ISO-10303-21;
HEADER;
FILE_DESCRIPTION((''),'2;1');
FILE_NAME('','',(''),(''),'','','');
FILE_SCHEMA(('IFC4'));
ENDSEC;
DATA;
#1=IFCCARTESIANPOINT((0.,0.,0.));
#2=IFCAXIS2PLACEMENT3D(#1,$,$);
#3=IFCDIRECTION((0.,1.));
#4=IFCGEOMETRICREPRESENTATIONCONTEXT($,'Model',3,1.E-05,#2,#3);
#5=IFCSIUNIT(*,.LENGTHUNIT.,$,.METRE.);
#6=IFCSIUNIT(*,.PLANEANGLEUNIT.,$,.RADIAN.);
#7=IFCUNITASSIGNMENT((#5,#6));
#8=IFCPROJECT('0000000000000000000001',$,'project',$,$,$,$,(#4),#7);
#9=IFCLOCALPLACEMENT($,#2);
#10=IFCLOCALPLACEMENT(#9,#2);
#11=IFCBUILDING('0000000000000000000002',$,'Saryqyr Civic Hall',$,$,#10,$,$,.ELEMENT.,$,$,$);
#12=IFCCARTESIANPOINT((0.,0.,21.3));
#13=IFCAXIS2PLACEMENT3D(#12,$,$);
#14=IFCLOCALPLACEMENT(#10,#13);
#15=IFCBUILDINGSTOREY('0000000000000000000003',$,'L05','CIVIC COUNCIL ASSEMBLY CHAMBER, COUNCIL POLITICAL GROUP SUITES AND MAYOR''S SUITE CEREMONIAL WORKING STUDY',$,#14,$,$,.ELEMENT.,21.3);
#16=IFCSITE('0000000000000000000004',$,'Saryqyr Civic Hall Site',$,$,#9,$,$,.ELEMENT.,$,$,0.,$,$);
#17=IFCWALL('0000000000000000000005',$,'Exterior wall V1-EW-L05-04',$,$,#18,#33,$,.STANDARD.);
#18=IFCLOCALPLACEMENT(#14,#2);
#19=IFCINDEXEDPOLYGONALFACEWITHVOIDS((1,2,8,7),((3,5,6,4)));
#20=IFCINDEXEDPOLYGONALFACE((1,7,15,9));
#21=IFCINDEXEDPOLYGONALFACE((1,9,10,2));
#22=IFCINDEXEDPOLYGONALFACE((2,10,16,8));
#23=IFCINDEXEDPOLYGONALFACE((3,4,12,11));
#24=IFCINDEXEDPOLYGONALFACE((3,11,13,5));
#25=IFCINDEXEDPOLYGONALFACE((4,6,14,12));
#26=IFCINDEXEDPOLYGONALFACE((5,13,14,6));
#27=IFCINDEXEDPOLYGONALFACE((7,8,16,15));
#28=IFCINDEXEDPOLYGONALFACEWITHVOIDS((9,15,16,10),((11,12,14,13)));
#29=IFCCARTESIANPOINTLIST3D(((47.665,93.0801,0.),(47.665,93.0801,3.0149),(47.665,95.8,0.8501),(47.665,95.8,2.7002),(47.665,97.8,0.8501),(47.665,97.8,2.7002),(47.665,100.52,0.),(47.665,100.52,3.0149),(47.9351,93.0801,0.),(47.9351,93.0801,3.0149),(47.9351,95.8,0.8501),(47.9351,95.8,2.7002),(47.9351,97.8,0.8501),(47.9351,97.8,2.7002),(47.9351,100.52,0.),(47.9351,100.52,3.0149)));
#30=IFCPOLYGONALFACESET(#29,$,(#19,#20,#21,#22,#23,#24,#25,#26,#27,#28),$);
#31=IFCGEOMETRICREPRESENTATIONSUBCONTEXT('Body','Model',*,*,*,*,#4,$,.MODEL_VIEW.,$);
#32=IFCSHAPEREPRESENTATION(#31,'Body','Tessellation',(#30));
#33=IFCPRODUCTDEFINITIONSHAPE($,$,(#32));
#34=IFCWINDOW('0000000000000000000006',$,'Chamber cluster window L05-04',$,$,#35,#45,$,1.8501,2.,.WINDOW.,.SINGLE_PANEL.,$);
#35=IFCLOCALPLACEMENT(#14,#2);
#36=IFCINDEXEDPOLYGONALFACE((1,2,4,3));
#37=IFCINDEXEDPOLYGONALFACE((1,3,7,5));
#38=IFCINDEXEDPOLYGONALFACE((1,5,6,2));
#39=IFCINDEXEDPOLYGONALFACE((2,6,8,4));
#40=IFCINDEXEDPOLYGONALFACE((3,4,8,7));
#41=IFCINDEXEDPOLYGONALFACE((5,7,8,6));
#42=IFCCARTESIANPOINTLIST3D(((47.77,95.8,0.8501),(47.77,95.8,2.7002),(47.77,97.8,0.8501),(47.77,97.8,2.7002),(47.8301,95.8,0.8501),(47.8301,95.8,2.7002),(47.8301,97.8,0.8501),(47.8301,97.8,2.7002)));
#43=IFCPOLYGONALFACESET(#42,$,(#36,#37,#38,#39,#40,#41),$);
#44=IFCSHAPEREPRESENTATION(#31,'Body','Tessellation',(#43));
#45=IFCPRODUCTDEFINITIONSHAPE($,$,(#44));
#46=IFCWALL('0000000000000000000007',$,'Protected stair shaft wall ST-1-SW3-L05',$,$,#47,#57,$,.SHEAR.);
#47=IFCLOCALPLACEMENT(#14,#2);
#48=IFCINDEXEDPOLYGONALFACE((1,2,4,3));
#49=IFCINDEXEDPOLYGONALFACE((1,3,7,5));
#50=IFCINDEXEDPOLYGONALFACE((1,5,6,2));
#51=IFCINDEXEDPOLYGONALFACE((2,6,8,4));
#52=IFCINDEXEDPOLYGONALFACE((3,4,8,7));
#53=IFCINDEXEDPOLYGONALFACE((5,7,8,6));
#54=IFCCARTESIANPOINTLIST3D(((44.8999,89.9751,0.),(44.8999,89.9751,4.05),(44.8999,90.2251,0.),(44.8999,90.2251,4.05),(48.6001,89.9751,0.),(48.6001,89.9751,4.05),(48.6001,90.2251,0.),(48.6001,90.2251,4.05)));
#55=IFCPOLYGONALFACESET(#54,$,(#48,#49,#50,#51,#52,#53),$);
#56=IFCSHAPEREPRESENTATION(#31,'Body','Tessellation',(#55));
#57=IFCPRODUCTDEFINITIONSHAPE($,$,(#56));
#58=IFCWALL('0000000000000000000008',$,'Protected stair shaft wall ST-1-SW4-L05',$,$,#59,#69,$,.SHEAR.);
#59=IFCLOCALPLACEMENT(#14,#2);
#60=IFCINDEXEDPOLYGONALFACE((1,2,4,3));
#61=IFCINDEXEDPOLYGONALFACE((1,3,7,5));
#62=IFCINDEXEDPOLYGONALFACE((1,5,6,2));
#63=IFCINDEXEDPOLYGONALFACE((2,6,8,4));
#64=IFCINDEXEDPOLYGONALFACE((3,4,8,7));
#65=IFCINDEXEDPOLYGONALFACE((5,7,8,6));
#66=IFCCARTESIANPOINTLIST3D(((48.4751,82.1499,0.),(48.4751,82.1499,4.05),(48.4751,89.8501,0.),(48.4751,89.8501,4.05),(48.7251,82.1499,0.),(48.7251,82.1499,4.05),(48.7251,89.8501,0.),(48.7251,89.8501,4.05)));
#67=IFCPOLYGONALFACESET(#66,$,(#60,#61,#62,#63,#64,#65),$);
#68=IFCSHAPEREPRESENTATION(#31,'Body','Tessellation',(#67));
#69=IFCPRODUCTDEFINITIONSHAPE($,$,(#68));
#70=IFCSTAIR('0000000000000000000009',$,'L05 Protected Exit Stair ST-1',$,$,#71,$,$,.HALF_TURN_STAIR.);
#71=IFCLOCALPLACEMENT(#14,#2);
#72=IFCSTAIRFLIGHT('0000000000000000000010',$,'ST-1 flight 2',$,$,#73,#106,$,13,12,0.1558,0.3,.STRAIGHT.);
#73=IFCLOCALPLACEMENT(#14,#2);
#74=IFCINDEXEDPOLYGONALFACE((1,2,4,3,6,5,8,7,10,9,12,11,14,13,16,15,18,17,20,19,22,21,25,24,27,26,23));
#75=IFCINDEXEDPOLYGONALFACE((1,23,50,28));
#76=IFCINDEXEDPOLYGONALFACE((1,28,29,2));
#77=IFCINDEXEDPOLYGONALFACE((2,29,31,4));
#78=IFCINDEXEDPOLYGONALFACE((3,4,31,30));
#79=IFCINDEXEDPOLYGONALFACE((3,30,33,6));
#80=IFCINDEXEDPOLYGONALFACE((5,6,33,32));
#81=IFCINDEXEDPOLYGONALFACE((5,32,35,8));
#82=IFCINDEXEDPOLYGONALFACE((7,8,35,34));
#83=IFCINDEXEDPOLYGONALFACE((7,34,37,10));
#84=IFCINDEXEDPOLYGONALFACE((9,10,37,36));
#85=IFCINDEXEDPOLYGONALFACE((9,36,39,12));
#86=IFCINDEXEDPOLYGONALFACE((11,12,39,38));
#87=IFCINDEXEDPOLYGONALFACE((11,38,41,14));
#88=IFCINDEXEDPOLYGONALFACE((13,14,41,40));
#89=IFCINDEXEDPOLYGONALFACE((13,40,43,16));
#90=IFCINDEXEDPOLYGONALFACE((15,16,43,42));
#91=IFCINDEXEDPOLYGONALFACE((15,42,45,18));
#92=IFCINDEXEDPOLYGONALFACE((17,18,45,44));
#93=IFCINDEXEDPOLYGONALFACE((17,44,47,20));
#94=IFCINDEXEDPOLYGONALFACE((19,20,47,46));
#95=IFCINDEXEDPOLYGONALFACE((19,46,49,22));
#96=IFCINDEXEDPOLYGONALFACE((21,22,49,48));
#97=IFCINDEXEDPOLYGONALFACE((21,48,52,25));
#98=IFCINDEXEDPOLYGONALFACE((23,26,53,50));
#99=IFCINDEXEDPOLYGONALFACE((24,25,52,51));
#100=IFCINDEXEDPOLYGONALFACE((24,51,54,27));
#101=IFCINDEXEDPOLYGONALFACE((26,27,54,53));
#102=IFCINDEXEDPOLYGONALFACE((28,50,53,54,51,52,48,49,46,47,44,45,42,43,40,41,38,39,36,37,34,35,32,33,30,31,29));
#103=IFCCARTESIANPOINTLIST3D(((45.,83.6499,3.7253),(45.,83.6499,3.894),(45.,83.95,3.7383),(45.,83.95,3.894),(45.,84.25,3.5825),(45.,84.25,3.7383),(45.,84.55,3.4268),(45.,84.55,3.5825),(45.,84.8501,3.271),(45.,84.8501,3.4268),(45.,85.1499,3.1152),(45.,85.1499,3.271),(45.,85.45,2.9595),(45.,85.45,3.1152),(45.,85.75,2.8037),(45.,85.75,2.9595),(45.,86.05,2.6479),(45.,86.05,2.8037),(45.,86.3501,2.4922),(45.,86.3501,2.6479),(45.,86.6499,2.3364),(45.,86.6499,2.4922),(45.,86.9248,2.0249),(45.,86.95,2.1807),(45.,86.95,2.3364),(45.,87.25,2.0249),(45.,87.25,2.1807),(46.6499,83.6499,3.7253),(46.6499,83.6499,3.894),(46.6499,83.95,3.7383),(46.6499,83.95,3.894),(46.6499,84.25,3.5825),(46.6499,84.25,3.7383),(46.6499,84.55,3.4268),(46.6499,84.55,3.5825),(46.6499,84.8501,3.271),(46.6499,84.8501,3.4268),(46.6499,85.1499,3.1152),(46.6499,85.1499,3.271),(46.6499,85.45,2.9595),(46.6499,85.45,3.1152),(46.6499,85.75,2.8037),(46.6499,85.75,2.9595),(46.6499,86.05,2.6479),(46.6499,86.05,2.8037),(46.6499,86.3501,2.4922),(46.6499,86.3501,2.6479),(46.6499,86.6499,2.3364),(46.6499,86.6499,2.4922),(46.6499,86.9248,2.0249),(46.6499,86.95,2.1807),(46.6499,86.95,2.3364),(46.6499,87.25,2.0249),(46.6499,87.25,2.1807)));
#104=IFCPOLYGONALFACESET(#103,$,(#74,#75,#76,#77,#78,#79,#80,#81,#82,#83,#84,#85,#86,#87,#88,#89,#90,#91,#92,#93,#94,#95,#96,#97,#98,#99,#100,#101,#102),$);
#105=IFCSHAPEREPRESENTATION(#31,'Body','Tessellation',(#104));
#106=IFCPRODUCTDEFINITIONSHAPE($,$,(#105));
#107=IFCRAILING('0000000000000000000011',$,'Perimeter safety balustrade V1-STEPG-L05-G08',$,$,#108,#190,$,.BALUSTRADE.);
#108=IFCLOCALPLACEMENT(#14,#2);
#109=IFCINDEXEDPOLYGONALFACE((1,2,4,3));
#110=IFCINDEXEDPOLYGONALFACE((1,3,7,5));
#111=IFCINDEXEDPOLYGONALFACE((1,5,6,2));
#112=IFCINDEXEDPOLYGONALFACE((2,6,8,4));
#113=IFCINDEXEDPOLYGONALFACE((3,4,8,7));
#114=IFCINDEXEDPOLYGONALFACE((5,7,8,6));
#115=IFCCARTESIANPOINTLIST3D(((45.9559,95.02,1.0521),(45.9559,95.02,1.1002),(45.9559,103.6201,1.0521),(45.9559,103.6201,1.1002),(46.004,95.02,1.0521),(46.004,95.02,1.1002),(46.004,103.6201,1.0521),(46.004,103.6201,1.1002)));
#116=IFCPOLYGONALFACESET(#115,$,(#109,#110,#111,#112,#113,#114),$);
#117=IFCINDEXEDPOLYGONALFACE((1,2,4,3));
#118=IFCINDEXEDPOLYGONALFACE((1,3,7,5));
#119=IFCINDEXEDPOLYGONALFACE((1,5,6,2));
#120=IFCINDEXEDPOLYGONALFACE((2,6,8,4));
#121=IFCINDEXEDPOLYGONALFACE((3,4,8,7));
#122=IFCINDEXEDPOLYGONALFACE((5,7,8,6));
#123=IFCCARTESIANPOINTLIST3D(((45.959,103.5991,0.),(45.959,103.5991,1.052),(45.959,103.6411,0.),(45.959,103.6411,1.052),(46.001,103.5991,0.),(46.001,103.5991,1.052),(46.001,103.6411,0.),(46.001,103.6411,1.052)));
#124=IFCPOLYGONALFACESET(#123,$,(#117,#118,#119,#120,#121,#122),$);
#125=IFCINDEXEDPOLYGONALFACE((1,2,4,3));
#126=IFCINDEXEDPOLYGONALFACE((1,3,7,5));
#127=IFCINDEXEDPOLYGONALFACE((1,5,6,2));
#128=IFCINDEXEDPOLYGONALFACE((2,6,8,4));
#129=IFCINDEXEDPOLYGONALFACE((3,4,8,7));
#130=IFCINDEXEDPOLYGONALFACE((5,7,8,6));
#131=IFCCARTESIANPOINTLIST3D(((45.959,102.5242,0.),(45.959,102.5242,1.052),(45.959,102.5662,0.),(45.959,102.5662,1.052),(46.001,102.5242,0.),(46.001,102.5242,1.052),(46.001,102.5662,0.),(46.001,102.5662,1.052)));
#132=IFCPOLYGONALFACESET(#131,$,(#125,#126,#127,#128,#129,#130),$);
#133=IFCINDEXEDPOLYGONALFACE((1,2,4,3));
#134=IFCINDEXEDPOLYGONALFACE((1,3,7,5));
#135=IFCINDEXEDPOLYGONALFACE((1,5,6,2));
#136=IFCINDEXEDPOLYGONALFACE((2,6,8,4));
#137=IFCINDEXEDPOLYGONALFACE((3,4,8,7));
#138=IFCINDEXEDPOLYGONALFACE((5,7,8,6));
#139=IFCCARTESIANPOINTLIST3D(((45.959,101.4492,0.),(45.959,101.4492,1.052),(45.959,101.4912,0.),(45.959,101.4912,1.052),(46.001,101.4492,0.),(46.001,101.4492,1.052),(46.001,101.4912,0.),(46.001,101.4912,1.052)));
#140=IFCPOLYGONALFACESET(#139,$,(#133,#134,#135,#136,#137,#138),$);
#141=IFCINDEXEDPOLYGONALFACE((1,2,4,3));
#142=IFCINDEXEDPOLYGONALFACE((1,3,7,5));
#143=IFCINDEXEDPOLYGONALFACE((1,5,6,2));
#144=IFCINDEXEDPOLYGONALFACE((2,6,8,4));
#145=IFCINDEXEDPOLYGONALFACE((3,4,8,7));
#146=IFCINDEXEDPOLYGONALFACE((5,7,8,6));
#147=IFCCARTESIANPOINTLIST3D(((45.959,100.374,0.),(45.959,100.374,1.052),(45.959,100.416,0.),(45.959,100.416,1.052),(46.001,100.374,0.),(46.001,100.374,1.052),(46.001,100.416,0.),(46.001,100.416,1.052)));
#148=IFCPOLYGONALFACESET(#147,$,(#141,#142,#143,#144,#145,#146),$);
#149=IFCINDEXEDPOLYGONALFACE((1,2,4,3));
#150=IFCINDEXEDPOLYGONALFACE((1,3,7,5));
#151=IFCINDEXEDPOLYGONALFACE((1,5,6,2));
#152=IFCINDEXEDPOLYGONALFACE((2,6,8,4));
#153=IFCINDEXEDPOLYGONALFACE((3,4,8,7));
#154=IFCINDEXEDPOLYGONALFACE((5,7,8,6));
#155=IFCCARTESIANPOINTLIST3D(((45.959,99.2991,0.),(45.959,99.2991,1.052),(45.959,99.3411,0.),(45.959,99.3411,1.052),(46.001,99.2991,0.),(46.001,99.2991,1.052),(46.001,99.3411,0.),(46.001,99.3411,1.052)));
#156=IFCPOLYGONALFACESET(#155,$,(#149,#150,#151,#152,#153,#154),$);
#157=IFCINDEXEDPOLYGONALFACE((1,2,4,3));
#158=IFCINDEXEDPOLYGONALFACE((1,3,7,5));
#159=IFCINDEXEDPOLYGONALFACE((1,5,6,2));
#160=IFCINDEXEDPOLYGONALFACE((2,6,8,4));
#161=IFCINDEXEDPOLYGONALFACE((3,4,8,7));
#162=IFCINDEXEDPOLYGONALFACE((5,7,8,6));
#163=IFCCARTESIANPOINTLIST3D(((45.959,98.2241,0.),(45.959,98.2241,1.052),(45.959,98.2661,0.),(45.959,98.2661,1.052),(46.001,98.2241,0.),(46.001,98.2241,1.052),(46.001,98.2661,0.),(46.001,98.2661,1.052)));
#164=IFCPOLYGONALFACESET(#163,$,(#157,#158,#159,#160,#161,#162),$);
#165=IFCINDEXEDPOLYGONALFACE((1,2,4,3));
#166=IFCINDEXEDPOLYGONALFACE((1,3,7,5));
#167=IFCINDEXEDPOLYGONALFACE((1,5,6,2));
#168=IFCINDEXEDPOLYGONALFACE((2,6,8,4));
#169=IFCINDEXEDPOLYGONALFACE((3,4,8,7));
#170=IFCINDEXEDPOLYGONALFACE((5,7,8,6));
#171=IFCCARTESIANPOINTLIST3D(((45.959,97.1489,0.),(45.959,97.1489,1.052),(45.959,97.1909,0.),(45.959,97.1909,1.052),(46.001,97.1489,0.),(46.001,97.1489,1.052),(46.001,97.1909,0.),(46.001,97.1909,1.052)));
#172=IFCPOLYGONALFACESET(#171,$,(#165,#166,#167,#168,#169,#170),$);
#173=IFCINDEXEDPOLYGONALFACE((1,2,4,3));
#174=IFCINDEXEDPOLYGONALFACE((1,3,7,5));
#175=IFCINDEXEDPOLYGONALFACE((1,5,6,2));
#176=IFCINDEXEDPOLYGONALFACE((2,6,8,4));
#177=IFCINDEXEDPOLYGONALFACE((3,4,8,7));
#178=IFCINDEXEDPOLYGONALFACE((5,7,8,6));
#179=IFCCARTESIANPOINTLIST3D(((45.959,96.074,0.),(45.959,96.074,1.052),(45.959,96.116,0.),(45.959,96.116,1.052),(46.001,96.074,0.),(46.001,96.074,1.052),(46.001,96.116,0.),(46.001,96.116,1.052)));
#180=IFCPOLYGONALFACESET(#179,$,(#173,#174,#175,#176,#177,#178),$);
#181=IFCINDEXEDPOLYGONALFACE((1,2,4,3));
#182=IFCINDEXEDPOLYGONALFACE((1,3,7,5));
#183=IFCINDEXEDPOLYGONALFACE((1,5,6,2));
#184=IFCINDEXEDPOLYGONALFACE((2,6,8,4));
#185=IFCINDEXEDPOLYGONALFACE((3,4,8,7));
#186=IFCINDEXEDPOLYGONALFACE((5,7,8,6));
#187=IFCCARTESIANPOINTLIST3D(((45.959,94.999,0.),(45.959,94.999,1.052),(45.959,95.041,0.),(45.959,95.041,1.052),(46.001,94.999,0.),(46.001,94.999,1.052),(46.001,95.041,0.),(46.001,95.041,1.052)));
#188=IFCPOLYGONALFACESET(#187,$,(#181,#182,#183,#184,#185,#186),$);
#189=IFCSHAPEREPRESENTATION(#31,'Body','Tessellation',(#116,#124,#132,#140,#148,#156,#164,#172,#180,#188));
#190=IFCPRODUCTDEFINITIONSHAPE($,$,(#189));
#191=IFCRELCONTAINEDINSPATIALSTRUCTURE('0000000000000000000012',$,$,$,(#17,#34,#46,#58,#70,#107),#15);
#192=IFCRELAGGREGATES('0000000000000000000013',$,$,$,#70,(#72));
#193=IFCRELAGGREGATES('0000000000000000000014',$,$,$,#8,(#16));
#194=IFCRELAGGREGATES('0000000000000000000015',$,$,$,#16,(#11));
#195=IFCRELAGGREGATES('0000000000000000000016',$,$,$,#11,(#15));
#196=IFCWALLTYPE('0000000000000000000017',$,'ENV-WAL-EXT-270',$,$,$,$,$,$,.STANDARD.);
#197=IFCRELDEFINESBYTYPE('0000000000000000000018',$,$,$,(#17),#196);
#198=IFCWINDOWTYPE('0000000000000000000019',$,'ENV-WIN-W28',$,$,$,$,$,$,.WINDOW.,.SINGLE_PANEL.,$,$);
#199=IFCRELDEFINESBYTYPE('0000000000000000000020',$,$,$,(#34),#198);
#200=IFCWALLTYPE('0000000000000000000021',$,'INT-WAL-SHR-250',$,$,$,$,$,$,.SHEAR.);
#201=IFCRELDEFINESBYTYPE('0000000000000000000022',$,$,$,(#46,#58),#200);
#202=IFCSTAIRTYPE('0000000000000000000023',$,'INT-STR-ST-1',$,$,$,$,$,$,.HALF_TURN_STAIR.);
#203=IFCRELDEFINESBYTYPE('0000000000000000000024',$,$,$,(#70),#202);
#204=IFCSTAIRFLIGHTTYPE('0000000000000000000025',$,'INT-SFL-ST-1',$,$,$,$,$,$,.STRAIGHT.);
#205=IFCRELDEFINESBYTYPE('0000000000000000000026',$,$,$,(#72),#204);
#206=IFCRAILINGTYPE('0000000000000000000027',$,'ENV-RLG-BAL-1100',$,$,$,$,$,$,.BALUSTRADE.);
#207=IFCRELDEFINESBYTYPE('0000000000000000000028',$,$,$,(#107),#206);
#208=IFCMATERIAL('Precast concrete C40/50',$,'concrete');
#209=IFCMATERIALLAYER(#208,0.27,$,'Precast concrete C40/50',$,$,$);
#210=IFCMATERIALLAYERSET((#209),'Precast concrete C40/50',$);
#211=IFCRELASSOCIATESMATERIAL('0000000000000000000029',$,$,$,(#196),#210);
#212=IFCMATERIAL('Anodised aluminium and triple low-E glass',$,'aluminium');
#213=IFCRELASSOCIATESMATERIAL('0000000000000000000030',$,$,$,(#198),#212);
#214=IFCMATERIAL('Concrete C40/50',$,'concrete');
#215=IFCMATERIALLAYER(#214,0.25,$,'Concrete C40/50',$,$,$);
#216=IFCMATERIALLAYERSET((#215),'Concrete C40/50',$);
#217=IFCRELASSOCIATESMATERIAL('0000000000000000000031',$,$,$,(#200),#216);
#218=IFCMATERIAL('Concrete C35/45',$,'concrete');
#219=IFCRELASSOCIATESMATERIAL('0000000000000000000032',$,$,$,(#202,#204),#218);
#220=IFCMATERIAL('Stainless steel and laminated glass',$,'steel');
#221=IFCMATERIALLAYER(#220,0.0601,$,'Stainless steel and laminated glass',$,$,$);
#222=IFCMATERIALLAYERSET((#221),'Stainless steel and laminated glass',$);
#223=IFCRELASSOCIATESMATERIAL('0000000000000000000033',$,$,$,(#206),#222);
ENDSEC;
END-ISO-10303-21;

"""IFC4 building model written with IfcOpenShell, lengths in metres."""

from ifc_helpers import new_model, si_unit, direction, frame, frame_2d, origin, origin_2d, place, context, subcontext, project, spatial, polyline, rectangle, outline, extrude, material, layer, layer_set, type_object, element, fill, aggregate, save


model = new_model("IFC4")

# Units and contexts
model_context = context("Model", 3, precision=1e-05, world=origin(), true_north=direction((0.0, 1.0)))
body_context = subcontext(model_context, "Body", "Model", "MODEL_VIEW")
ifc_project = project(units=[si_unit("LENGTHUNIT", "METRE"), si_unit("PLANEANGLEUNIT", "RADIAN")], contexts=[model_context])

# Site, building, storey
site_placement = place(None, origin())
site = spatial("IfcSite", under=ifc_project, at=site_placement, Name="Saryqyr Civic Hall Site", CompositionType="ELEMENT", RefElevation=0.0)
building_placement = place(site_placement, origin())
building = spatial("IfcBuilding", under=site, at=building_placement, Name="Saryqyr Civic Hall", CompositionType="ELEMENT")
storey_placement = place(building_placement, frame((0.0, 0.0, 21.3)))
storey = spatial("IfcBuildingStorey", under=building, at=storey_placement, Name="L05", Description="CIVIC COUNCIL ASSEMBLY CHAMBER, COUNCIL POLITICAL GROUP SUITES AND MAYOR'S SUITE CEREMONIAL WORKING STUDY", CompositionType="ELEMENT", Elevation=21.3)

# Shared definitions
ifc_material_1 = material(Name="Concrete C40/50", Category="concrete")

# Shared definitions
ifc_material_2 = material(Name="Anodised aluminium and triple low-E glass", Category="aluminium")

# Shared definitions
ifc_material_3 = material(Name="Concrete C35/45", Category="concrete")

# Wall, opening, window
ifc_material_4 = material(Name="Precast concrete C40/50", Category="concrete")
ifc_layer_1 = layer(ifc_material_4, 0.27, Name="Precast concrete C40/50")
ifc_layer_set_1 = layer_set([ifc_layer_1], Name="Precast concrete C40/50")
wall_type_1 = type_object("IfcWallType", Name="ENV-WAL-EXT-270", PredefinedType="STANDARD", material=ifc_layer_set_1)
wall_1_placement = place(storey_placement, frame((47.8, 93.0801, 0.0), z_axis=(0.0, 0.0, 1.0), x_axis=(0.0, 1.0, 0.0)))
wall_1 = element("IfcWall", 1, at=wall_1_placement, inside=storey, type_object=wall_type_1, Name="Exterior wall V1-EW-L05-04", PredefinedType="STANDARD", context=body_context, shape_type="SweptSolid", body=[
    extrude(rectangle(XDim=7.4399, YDim=0.27, at=frame_2d((3.72, 0.0))), origin(), (0.0, 0.0, 1.0), 3.0149),
])
opening_1_placement = place(wall_1_placement, frame((2.72, 0.0, 0.8501)))
opening_1 = element("IfcOpeningElement", 2, at=opening_1_placement, cuts=wall_1, PredefinedType="OPENING", context=body_context, shape_type="SweptSolid", body=[
    extrude(rectangle(XDim=2.0, YDim=1.8501, at=frame_2d((1.0, 0.925))), frame((0.0, 0.145, 0.0), z_axis=(0.0, -1.0, 0.0), x_axis=(1.0, 0.0, 0.0)), (0.0, 0.0, 1.0), 0.29),
])
window_type_1 = type_object("IfcWindowType", Name="ENV-WIN-W28", PartitioningType="SINGLE_PANEL", PredefinedType="WINDOW", material=ifc_material_2)
window_1_placement = place(opening_1_placement, origin())
window_1 = element("IfcWindow", 3, at=window_1_placement, inside=storey, type_object=window_type_1, Name="Chamber cluster window L05-04", OverallHeight=1.8501, OverallWidth=2.0, PartitioningType="SINGLE_PANEL", PredefinedType="WINDOW", context=body_context, shape_type="SweptSolid", body=[
    extrude(rectangle(XDim=2.0, YDim=1.8501, at=frame_2d((1.0, 0.925))), frame((0.0, 0.03, 0.0), z_axis=(0.0, -1.0, 0.0), x_axis=(1.0, 0.0, 0.0)), (0.0, 0.0, 1.0), 0.0601),
])
fill(opening_1, window_1)

# Walls
ifc_layer_2 = layer(ifc_material_1, 0.25, Name="Concrete C40/50")
ifc_layer_set_2 = layer_set([ifc_layer_2], Name="Concrete C40/50")
wall_type_2 = type_object("IfcWallType", Name="INT-WAL-SHR-250", PredefinedType="SHEAR", material=ifc_layer_set_2)
wall_2_placement = place(storey_placement, frame((44.8999, 90.1001, 0.0), z_axis=(0.0, 0.0, 1.0), x_axis=(1.0, 0.0, 0.0)))
element("IfcWall", 4, at=wall_2_placement, inside=storey, type_object=wall_type_2, Name="Protected stair shaft wall ST-1-SW3-L05", PredefinedType="SHEAR", context=body_context, shape_type="SweptSolid", body=[
    extrude(rectangle(XDim=3.7002, YDim=0.25, at=frame_2d((1.8501, 0.0))), origin(), (0.0, 0.0, 1.0), 4.05),
])
wall_3_placement = place(storey_placement, frame((48.6001, 89.8501, 0.0), z_axis=(0.0, 0.0, 1.0), x_axis=(0.0, -1.0, 0.0)))
element("IfcWall", 5, at=wall_3_placement, inside=storey, type_object=wall_type_2, Name="Protected stair shaft wall ST-1-SW4-L05", PredefinedType="SHEAR", context=body_context, shape_type="SweptSolid", body=[
    extrude(rectangle(XDim=7.7002, YDim=0.25, at=frame_2d((3.8501, 0.0))), origin(), (0.0, 0.0, 1.0), 4.05),
])

# Stair, stair flight
stair_type = type_object("IfcStairType", Name="INT-STR-ST-1", PredefinedType="HALF_TURN_STAIR", material=ifc_material_3)
stair_placement = place(storey_placement, origin())
stair = element("IfcStair", 6, at=stair_placement, inside=storey, type_object=stair_type, Name="L05 Protected Exit Stair ST-1", PredefinedType="HALF_TURN_STAIR")
stair_flight_type = type_object("IfcStairFlightType", Name="INT-SFL-ST-1", PredefinedType="STRAIGHT", material=ifc_material_3)
stair_flight_placement = place(storey_placement, frame((45.825, 87.25, 2.0249), z_axis=(0.0, 0.0, 1.0), x_axis=(0.0, -1.0, 0.0)))
stair_flight = element("IfcStairFlight", 7, at=stair_flight_placement, type_object=stair_flight_type, Name="ST-1 flight 2", NumberOfRisers=13, NumberOfTreads=12, PredefinedType="STRAIGHT", RiserHeight=0.1558, TreadLength=0.3, context=body_context, shape_type="SweptSolid", body=[
    extrude(outline(polyline([(0.0, 0.0), (0.0, 0.1558), (0.3, 0.1558), (0.3, 0.3115), (0.6001, 0.3115), (0.6001, 0.4673), (0.8999, 0.4673), (0.8999, 0.623), (1.2, 0.623), (1.2, 0.7788), (1.5, 0.7788), (1.5, 0.9346), (1.8, 0.9346), (1.8, 1.0903), (2.1001, 1.0903), (2.1001, 1.2461), (2.3999, 1.2461), (2.3999, 1.4019), (2.7, 1.4019), (2.7, 1.5576), (3.0, 1.5576), (3.0, 1.7134), (3.3, 1.7134), (3.3, 1.8691), (3.6001, 1.8691), (3.6001, 2.0249), (3.6001, 1.7004), (0.3252, 0.0), (0.0, 0.0)])), frame((0.0, 0.825, 0.0), z_axis=(0.0, -1.0, 0.0), x_axis=(1.0, 0.0, 0.0)), (0.0, 0.0, 1.0), 1.6499),
])
aggregate(stair, [stair_flight])

# Railing
ifc_material_5 = material(Name="Stainless steel and laminated glass", Category="steel")
ifc_layer_3 = layer(ifc_material_5, 0.0601, Name="Stainless steel and laminated glass")
ifc_layer_set_3 = layer_set([ifc_layer_3], Name="Stainless steel and laminated glass")
railing_type_1 = type_object("IfcRailingType", Name="ENV-RLG-BAL-1100", PredefinedType="BALUSTRADE", material=ifc_layer_set_3)
railing_1_placement = place(storey_placement, frame((45.98, 103.6201, 0.0)))
element("IfcRailing", 8, at=railing_1_placement, inside=storey, type_object=railing_type_1, Name="Perimeter safety balustrade V1-STEPG-L05-G08", PredefinedType="BALUSTRADE", context=body_context, shape_type="SweptSolid", body=[
    extrude(rectangle(XDim=0.0481, YDim=0.0481, at=origin_2d()), frame((0.0, 0.0, 1.0762), z_axis=(0.0, -1.0, 0.0), x_axis=(1.0, 0.0, 0.0)), (0.0, 0.0, 1.0), 8.6001),
    extrude(rectangle(XDim=0.042, YDim=0.042, at=origin_2d()), origin(), (0.0, 0.0, 1.0), 1.052),
    extrude(rectangle(XDim=0.042, YDim=0.042, at=origin_2d()), frame((0.0, -1.075, 0.0)), (0.0, 0.0, 1.0), 1.052),
    extrude(rectangle(XDim=0.042, YDim=0.042, at=origin_2d()), frame((0.0, -2.1499, 0.0)), (0.0, 0.0, 1.0), 1.052),
    extrude(rectangle(XDim=0.042, YDim=0.042, at=origin_2d()), frame((0.0, -3.2251, 0.0)), (0.0, 0.0, 1.0), 1.052),
    extrude(rectangle(XDim=0.042, YDim=0.042, at=origin_2d()), frame((0.0, -4.3, 0.0)), (0.0, 0.0, 1.0), 1.052),
    extrude(rectangle(XDim=0.042, YDim=0.042, at=origin_2d()), frame((0.0, -5.375, 0.0)), (0.0, 0.0, 1.0), 1.052),
    extrude(rectangle(XDim=0.042, YDim=0.042, at=origin_2d()), frame((0.0, -6.4502, 0.0)), (0.0, 0.0, 1.0), 1.052),
    extrude(rectangle(XDim=0.042, YDim=0.042, at=origin_2d()), frame((0.0, -7.5251, 0.0)), (0.0, 0.0, 1.0), 1.052),
    extrude(rectangle(XDim=0.042, YDim=0.042, at=origin_2d()), frame((0.0, -8.6001, 0.0)), (0.0, 0.0, 1.0), 1.052),
])

save(model, "model.ifc")
